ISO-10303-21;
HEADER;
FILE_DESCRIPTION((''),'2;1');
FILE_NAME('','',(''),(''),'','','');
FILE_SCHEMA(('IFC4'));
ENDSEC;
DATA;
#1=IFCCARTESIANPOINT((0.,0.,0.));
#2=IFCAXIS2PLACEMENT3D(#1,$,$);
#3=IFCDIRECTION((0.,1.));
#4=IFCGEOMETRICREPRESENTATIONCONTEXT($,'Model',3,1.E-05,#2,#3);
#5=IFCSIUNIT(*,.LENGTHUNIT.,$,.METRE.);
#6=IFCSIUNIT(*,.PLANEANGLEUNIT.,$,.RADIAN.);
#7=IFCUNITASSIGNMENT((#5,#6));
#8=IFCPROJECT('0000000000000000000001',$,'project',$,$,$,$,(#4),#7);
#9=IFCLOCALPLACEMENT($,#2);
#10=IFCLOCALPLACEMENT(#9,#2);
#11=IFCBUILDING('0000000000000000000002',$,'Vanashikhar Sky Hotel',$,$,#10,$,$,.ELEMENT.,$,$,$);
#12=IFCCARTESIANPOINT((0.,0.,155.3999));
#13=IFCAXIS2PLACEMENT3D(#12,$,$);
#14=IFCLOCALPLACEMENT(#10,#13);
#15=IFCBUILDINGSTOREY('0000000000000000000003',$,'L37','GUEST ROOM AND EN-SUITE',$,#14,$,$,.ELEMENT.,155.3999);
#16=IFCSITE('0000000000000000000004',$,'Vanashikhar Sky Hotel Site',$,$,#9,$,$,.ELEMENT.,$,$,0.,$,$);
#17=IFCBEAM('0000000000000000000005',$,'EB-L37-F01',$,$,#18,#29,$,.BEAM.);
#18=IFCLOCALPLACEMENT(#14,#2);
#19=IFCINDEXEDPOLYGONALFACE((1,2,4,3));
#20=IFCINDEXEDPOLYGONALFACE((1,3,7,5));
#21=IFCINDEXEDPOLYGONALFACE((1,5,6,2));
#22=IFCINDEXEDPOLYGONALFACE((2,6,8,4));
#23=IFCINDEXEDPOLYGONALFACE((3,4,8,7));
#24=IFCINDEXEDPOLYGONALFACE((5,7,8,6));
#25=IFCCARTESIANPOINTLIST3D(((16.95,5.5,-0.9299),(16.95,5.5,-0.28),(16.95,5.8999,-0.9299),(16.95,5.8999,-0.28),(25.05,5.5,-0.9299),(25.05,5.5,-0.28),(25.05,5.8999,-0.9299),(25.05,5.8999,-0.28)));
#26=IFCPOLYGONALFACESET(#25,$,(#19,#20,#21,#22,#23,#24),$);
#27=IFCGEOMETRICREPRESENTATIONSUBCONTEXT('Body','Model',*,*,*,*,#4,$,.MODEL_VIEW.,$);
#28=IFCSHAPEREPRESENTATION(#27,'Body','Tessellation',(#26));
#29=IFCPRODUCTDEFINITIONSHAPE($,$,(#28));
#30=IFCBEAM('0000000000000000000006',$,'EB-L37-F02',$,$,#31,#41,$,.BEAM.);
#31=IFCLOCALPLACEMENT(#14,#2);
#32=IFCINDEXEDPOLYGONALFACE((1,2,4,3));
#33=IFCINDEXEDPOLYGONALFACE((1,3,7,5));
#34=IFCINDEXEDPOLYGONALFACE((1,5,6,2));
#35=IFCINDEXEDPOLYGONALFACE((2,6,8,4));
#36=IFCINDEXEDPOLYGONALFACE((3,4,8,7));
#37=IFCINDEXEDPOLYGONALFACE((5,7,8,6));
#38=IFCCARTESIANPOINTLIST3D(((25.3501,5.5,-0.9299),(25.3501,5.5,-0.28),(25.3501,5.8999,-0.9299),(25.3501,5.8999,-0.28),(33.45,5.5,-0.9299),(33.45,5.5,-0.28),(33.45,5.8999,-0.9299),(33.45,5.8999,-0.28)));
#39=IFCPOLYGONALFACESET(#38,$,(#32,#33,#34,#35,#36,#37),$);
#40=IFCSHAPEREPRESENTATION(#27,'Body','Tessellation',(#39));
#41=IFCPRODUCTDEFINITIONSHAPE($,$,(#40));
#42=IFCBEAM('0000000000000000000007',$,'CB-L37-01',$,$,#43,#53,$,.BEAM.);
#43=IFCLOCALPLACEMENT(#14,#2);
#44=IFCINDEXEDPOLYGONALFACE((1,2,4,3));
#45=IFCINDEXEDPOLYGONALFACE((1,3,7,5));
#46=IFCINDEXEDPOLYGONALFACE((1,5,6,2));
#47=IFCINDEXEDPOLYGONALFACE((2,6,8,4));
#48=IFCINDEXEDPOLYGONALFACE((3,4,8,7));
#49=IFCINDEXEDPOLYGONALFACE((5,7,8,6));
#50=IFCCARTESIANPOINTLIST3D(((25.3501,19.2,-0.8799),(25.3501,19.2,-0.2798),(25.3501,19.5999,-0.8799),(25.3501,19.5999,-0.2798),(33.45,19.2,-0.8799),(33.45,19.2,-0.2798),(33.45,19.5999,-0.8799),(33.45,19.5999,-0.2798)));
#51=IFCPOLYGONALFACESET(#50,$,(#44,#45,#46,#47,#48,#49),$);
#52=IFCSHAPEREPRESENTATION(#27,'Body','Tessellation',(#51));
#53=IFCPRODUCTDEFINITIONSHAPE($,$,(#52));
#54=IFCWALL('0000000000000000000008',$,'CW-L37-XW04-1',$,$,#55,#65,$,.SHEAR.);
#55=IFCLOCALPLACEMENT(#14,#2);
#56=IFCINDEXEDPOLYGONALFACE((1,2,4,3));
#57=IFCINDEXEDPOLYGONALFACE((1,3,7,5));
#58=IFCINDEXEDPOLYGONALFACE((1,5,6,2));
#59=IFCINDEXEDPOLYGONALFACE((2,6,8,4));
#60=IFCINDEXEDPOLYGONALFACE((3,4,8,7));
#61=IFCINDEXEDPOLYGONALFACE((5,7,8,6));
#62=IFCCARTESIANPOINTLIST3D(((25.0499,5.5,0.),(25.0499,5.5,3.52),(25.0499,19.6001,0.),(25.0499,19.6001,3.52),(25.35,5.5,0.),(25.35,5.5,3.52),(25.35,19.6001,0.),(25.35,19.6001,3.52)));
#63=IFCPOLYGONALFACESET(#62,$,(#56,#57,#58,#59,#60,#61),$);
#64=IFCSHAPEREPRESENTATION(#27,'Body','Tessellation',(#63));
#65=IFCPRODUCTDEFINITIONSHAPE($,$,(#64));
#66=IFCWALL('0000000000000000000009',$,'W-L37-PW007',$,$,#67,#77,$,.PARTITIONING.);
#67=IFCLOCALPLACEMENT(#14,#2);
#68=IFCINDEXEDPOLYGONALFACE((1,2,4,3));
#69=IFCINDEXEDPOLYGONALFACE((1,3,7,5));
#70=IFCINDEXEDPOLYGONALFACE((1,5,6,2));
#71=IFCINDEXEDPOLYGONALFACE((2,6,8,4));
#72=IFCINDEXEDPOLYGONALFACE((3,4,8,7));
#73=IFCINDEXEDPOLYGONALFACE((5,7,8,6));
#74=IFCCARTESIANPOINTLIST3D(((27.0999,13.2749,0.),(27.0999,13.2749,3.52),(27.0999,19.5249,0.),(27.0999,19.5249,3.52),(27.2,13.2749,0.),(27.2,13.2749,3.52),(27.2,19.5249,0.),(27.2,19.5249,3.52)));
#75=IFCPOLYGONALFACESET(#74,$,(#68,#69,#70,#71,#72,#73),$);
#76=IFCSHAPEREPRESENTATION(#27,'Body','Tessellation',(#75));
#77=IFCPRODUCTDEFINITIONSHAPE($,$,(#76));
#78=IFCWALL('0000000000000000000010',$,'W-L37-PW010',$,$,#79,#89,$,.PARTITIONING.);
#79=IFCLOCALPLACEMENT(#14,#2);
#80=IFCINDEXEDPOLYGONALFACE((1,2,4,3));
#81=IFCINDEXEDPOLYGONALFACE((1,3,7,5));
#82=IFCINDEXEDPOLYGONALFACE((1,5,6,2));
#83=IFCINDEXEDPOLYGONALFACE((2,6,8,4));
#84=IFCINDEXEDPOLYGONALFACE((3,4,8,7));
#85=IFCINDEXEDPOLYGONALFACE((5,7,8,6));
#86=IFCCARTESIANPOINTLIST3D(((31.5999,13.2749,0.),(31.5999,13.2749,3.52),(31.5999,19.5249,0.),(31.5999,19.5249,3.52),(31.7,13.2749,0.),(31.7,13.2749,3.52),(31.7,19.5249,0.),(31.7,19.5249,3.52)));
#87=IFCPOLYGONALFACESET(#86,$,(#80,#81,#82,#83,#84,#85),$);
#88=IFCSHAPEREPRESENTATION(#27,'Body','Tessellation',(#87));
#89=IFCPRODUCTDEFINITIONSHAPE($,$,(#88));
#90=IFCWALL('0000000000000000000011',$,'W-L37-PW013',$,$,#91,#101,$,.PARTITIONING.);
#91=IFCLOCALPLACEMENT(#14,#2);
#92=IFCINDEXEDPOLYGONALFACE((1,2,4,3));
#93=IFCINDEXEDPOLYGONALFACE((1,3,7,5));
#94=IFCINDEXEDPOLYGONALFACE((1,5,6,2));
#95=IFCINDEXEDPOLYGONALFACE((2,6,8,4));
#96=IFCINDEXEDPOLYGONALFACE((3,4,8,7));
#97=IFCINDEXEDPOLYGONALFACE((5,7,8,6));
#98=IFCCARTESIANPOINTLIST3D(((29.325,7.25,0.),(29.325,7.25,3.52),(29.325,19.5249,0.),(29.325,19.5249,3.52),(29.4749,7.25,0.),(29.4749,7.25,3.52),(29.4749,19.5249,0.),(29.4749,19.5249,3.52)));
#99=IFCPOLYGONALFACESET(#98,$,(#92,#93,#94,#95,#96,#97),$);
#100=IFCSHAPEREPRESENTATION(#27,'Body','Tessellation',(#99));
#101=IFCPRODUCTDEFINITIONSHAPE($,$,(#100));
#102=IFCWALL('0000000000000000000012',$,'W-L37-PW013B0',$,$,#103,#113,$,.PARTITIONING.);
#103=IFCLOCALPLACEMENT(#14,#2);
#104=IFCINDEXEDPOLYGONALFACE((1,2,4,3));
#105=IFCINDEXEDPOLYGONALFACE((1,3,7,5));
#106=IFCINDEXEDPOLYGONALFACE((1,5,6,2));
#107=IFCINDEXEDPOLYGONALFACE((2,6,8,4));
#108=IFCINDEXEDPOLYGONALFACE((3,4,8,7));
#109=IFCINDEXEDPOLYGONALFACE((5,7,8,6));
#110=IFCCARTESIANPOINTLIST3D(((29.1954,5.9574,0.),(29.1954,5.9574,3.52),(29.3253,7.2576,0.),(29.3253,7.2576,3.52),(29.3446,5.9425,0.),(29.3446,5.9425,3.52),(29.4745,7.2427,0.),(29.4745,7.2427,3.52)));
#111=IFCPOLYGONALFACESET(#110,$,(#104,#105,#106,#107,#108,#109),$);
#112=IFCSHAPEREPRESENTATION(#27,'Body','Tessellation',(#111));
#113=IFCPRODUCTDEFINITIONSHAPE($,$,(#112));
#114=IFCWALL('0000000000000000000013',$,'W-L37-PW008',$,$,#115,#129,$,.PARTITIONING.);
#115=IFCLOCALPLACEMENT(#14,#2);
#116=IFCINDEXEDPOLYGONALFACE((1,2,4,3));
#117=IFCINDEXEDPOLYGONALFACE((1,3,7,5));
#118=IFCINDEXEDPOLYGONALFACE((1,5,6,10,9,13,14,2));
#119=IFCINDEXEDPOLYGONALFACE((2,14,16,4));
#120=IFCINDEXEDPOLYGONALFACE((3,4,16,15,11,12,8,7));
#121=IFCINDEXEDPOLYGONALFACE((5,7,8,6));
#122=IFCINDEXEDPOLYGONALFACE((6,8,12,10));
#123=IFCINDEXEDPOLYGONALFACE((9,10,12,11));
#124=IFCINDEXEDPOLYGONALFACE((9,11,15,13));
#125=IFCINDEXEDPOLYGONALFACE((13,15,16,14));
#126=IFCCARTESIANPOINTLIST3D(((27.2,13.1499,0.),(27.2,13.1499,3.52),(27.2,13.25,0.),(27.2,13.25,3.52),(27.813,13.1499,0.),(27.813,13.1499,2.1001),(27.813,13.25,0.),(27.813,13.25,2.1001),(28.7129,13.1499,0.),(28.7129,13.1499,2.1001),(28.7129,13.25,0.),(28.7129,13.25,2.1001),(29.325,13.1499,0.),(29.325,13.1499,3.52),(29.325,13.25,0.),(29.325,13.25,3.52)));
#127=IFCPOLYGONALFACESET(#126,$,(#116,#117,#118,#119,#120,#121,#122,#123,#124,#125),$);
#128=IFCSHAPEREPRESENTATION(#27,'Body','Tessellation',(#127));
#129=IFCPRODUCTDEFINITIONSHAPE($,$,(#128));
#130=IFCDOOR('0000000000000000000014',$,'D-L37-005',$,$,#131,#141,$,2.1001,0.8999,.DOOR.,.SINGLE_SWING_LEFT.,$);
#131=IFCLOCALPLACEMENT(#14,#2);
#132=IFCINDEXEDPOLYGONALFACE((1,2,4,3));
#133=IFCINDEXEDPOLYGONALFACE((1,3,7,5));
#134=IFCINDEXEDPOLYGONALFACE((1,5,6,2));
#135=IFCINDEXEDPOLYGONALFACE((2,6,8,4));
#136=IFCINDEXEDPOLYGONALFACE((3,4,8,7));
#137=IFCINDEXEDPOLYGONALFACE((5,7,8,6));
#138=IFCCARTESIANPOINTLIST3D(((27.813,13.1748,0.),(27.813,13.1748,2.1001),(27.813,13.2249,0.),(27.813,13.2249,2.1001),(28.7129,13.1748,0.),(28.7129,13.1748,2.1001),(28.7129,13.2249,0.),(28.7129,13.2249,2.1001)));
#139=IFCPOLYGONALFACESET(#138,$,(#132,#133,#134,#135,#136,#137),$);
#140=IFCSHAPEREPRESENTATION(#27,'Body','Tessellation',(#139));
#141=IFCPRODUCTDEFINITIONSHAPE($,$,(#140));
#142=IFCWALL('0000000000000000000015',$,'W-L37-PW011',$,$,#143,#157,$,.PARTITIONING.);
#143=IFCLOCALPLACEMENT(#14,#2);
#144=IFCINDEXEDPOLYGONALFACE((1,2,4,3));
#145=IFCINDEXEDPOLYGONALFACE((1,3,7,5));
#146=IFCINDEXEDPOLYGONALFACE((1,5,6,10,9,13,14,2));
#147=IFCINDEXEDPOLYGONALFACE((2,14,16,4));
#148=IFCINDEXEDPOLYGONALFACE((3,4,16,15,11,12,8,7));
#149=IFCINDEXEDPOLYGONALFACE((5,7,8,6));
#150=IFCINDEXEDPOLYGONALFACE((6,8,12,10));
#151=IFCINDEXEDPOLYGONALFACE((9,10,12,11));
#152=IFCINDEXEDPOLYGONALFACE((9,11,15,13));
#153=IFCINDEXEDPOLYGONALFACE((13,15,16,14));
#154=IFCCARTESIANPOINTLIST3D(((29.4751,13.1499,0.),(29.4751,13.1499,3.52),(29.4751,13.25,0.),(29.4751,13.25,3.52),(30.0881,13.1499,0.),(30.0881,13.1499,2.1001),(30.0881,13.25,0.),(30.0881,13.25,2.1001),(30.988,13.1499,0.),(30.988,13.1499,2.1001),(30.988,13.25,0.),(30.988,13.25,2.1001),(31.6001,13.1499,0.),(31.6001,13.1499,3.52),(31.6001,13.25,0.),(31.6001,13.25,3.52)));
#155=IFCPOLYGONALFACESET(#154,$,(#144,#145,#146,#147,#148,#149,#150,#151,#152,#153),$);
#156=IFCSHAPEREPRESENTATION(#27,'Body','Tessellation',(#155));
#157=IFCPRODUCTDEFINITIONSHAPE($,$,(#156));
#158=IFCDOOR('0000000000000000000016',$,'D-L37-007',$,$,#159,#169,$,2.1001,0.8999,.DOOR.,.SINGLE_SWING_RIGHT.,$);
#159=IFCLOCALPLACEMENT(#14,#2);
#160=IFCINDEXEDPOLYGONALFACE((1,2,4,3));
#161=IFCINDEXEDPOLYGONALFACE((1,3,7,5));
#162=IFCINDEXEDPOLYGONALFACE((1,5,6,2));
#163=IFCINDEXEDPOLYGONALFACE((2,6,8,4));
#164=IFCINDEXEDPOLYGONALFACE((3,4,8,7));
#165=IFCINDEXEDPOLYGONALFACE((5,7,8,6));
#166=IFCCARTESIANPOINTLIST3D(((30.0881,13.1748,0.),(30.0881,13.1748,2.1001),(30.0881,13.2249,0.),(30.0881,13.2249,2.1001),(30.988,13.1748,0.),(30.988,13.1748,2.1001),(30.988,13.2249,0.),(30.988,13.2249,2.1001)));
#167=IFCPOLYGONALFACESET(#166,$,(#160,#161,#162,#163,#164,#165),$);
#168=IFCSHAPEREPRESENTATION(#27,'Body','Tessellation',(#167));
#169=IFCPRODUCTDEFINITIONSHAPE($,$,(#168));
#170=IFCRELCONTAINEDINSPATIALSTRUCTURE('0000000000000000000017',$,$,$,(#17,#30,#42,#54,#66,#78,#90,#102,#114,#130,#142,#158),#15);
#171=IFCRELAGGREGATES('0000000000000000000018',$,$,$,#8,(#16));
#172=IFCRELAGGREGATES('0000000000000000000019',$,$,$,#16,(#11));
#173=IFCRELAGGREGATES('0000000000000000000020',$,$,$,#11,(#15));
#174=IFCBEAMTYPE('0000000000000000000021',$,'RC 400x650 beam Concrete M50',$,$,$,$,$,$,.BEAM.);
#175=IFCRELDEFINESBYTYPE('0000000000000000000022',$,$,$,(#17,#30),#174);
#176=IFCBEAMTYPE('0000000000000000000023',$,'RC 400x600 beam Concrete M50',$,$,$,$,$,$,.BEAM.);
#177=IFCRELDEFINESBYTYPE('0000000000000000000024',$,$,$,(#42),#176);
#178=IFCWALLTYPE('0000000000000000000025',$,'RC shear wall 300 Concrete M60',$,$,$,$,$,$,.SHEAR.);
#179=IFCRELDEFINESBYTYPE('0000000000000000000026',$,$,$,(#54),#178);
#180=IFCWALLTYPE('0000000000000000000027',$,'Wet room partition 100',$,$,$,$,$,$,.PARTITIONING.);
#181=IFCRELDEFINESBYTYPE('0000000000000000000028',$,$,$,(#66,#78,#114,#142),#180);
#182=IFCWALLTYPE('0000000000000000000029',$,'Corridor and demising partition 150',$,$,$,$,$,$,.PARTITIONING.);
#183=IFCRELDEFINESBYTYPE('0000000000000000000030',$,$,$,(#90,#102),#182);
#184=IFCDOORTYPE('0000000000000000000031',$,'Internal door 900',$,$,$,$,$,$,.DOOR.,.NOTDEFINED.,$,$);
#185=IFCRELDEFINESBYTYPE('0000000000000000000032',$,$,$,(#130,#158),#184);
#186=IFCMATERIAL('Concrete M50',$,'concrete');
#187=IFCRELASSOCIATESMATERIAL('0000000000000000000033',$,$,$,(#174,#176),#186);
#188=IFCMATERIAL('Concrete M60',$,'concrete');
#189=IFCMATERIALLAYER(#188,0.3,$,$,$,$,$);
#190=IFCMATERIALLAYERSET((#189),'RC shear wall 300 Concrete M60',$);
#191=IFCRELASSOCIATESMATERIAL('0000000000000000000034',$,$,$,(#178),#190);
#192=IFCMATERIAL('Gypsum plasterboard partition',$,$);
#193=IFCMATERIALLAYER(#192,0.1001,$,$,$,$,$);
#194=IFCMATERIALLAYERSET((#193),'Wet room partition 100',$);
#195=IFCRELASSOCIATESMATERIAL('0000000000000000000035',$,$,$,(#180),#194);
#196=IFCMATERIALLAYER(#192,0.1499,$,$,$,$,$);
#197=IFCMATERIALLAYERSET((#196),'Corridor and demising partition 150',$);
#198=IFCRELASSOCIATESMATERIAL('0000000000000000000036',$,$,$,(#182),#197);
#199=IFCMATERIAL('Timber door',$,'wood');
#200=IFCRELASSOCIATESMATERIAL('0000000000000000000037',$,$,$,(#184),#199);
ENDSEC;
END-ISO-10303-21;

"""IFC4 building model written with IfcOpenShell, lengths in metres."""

from ifc_helpers import new_model, si_unit, direction, frame, frame_2d, origin, origin_2d, place, context, subcontext, project, spatial, rectangle, extrude, source, transform, mapped, material, layer, layer_set, material_profile, profile_set, type_object, element, fill, save


model = new_model("IFC4")

# Units and contexts
model_context = context("Model", 3, precision=1e-05, world=origin(), true_north=direction((0.0, 1.0)))
body_context = subcontext(model_context, "Body", "Model", "MODEL_VIEW")
ifc_project = project(units=[si_unit("LENGTHUNIT", "METRE"), si_unit("PLANEANGLEUNIT", "RADIAN")], contexts=[model_context])

# Site, building, storey
site_placement = place(None, origin())
site = spatial("IfcSite", under=ifc_project, at=site_placement, Name="Vanashikhar Sky Hotel Site", CompositionType="ELEMENT", RefElevation=0.0)
building_placement = place(site_placement, origin())
building = spatial("IfcBuilding", under=site, at=building_placement, Name="Vanashikhar Sky Hotel", CompositionType="ELEMENT")
storey_placement = place(building_placement, frame((0.0, 0.0, 155.3999)))
storey = spatial("IfcBuildingStorey", under=building, at=storey_placement, Name="L37", Description="GUEST ROOM AND EN-SUITE", CompositionType="ELEMENT", Elevation=155.3999)

# Beams
ifc_material_1 = material(Name="Concrete M50", Category="concrete")
ifc_material_profile_1 = material_profile(ifc_material_1, rectangle(XDim=0.3999, YDim=0.6499, at=origin_2d()))
ifc_profile_set_1 = profile_set([ifc_material_profile_1], Name="RC 400x650 beam Concrete M50")
beam_type_1 = type_object("IfcBeamType", Name="RC 400x650 beam Concrete M50", PredefinedType="BEAM", material=ifc_profile_set_1)
shared_shape_1 = source(origin(), body_context, "Body", "SweptSolid", [
    extrude(rectangle(XDim=0.3999, YDim=0.6499, at=origin_2d()), origin(), (0.0, 0.0, 1.0), 8.1001),
])
beam_1_placement = place(storey_placement, frame((16.95, 5.7, -0.605), z_axis=(1.0, 0.0, 0.0), x_axis=(0.0, 1.0, 0.0)))
element("IfcBeam", 1, at=beam_1_placement, inside=storey, type_object=beam_type_1, Name="EB-L37-F01", PredefinedType="BEAM", context=body_context, shape_type="MappedRepresentation", body=[
    mapped(shared_shape_1, transform((0.0, 0.0, 0.0), scale=1.0)),
])
shared_shape_2 = source(origin(), body_context, "Body", "SweptSolid", [
    extrude(rectangle(XDim=0.3999, YDim=0.6499, at=origin_2d()), origin(), (0.0, 0.0, 1.0), 8.0999),
])
beam_2_placement = place(storey_placement, frame((25.3501, 5.7, -0.605), z_axis=(1.0, 0.0, 0.0), x_axis=(0.0, 1.0, 0.0)))
element("IfcBeam", 2, at=beam_2_placement, inside=storey, type_object=beam_type_1, Name="EB-L37-F02", PredefinedType="BEAM", context=body_context, shape_type="MappedRepresentation", body=[
    mapped(shared_shape_2, transform((0.0, 0.0, 0.0), scale=1.0)),
])
ifc_material_profile_2 = material_profile(ifc_material_1, rectangle(XDim=0.3999, YDim=0.6001, at=origin_2d()))
ifc_profile_set_2 = profile_set([ifc_material_profile_2], Name="RC 400x600 beam Concrete M50")
beam_type_2 = type_object("IfcBeamType", Name="RC 400x600 beam Concrete M50", PredefinedType="BEAM", material=ifc_profile_set_2)
shared_shape_3 = source(origin(), body_context, "Body", "SweptSolid", [
    extrude(rectangle(XDim=0.3999, YDim=0.6001, at=origin_2d()), origin(), (0.0, 0.0, 1.0), 8.0999),
])
beam_3_placement = place(storey_placement, frame((25.3501, 19.3999, -0.5798), z_axis=(1.0, 0.0, 0.0), x_axis=(0.0, 1.0, 0.0)))
element("IfcBeam", 3, at=beam_3_placement, inside=storey, type_object=beam_type_2, Name="CB-L37-01", PredefinedType="BEAM", context=body_context, shape_type="MappedRepresentation", body=[
    mapped(shared_shape_3, transform((0.0, 0.0, 0.0), scale=1.0)),
])

# Wall
ifc_material_2 = material(Name="Concrete M60", Category="concrete")
ifc_layer_1 = layer(ifc_material_2, 0.3)
ifc_layer_set_1 = layer_set([ifc_layer_1], Name="RC shear wall 300 Concrete M60")
wall_type_1 = type_object("IfcWallType", Name="RC shear wall 300 Concrete M60", PredefinedType="SHEAR", material=ifc_layer_set_1)
shared_shape_4 = source(origin(), body_context, "Body", "SweptSolid", [
    extrude(rectangle(XDim=14.1001, YDim=0.3, at=frame_2d((7.05, 0.0))), origin(), (0.0, 0.0, 1.0), 3.52),
])
wall_1_placement = place(storey_placement, frame((25.2, 5.5, 0.0), z_axis=(0.0, 0.0, 1.0), x_axis=(0.0, 1.0, 0.0)))
element("IfcWall", 4, at=wall_1_placement, inside=storey, type_object=wall_type_1, Name="CW-L37-XW04-1", PredefinedType="SHEAR", context=body_context, shape_type="MappedRepresentation", body=[
    mapped(shared_shape_4, transform((0.0, 0.0, 0.0), scale=1.0)),
])

# Walls
ifc_material_3 = material(Name="Gypsum plasterboard partition")
ifc_layer_2 = layer(ifc_material_3, 0.1001)
ifc_layer_set_2 = layer_set([ifc_layer_2], Name="Wet room partition 100")
wall_type_2 = type_object("IfcWallType", Name="Wet room partition 100", PredefinedType="PARTITIONING", material=ifc_layer_set_2)
shared_shape_5 = source(origin(), body_context, "Body", "SweptSolid", [
    extrude(rectangle(XDim=6.25, YDim=0.1001, at=frame_2d((3.125, 0.0))), origin(), (0.0, 0.0, 1.0), 3.52),
])
for number, where, z_axis, x_axis, name in (
    (5, (27.1499, 13.2749, 0.0), (0.0, 0.0, 1.0), (0.0, 1.0, 0.0), "W-L37-PW007"),
    (6, (31.6499, 13.2749, 0.0), (0.0, 0.0, 1.0), (0.0, 1.0, 0.0), "W-L37-PW010"),
):
    element("IfcWall", number, at=place(storey_placement, frame(where, z_axis=z_axis, x_axis=x_axis)), inside=storey, type_object=wall_type_2, Name=name, PredefinedType="PARTITIONING", context=body_context, shape_type="MappedRepresentation", body=[
        mapped(shared_shape_5, transform((0.0, 0.0, 0.0), scale=1.0)),
    ])
ifc_layer_3 = layer(ifc_material_3, 0.1499)
ifc_layer_set_3 = layer_set([ifc_layer_3], Name="Corridor and demising partition 150")
wall_type_3 = type_object("IfcWallType", Name="Corridor and demising partition 150", PredefinedType="PARTITIONING", material=ifc_layer_set_3)
shared_shape_6 = source(origin(), body_context, "Body", "SweptSolid", [
    extrude(rectangle(XDim=12.2749, YDim=0.1499, at=frame_2d((6.1375, 0.0))), origin(), (0.0, 0.0, 1.0), 3.52),
])
wall_2_placement = place(storey_placement, frame((29.3999, 7.25, 0.0), z_axis=(0.0, 0.0, 1.0), x_axis=(0.0, 1.0, 0.0)))
element("IfcWall", 7, at=wall_2_placement, inside=storey, type_object=wall_type_3, Name="W-L37-PW013", PredefinedType="PARTITIONING", context=body_context, shape_type="MappedRepresentation", body=[
    mapped(shared_shape_6, transform((0.0, 0.0, 0.0), scale=1.0)),
])
shared_shape_7 = source(origin(), body_context, "Body", "SweptSolid", [
    extrude(rectangle(XDim=1.3066, YDim=0.1499, at=frame_2d((0.6533, 0.0))), origin(), (0.0, 0.0, 1.0), 3.52),
])
wall_3_placement = place(storey_placement, frame((29.27, 5.95, 0.0), z_axis=(0.0, 0.0, 1.0), x_axis=(0.099411, 0.995046, 0.0)))
element("IfcWall", 8, at=wall_3_placement, inside=storey, type_object=wall_type_3, Name="W-L37-PW013B0", PredefinedType="PARTITIONING", context=body_context, shape_type="MappedRepresentation", body=[
    mapped(shared_shape_7, transform((0.0, 0.0, 0.0), scale=1.0)),
])

# Walls, openings, doors
shared_shape_8 = source(origin(), body_context, "Body", "SweptSolid", [
    extrude(rectangle(XDim=2.125, YDim=0.1001, at=frame_2d((1.0625, 0.0))), origin(), (0.0, 0.0, 1.0), 3.52),
])
wall_4_placement = place(storey_placement, frame((27.2, 13.2, 0.0), z_axis=(0.0, 0.0, 1.0), x_axis=(1.0, 0.0, 0.0)))
wall_4 = element("IfcWall", 9, at=wall_4_placement, inside=storey, type_object=wall_type_2, Name="W-L37-PW008", PredefinedType="PARTITIONING", context=body_context, shape_type="MappedRepresentation", body=[
    mapped(shared_shape_8, transform((0.0, 0.0, 0.0), scale=1.0)),
])
shared_shape_9 = source(origin(), body_context, "Body", "SweptSolid", [
    extrude(rectangle(XDim=0.8999, YDim=2.1001, at=frame_2d((0.45, 1.05))), frame((0.0, 0.0601, 0.0), z_axis=(0.0, -1.0, 0.0), x_axis=(1.0, 0.0, 0.0)), (0.0, 0.0, 1.0), 0.1201),
])
opening_1_placement = place(wall_4_placement, frame((0.613, 0.0, 0.0)))
opening_1 = element("IfcOpeningElement", 10, at=opening_1_placement, cuts=wall_4, PredefinedType="OPENING", context=body_context, shape_type="MappedRepresentation", body=[
    mapped(shared_shape_9, transform((0.0, 0.0, 0.0), scale=1.0)),
])
ifc_material_4 = material(Name="Timber door", Category="wood")
door_type_1 = type_object("IfcDoorType", Name="Internal door 900", OperationType="NOTDEFINED", PredefinedType="DOOR", material=ifc_material_4)
shared_shape_10 = source(origin(), body_context, "Body", "SweptSolid", [
    extrude(rectangle(XDim=0.8999, YDim=2.1001, at=frame_2d((0.45, 1.05))), frame((0.0, 0.0249, 0.0), z_axis=(0.0, -1.0, 0.0), x_axis=(1.0, 0.0, 0.0)), (0.0, 0.0, 1.0), 0.05),
])
door_1_placement = place(opening_1_placement, origin())
door_1 = element("IfcDoor", 11, at=door_1_placement, inside=storey, type_object=door_type_1, Name="D-L37-005", OperationType="SINGLE_SWING_LEFT", OverallHeight=2.1001, OverallWidth=0.8999, PredefinedType="DOOR", context=body_context, shape_type="MappedRepresentation", body=[
    mapped(shared_shape_10, transform((0.0, 0.0, 0.0), scale=1.0)),
])
fill(opening_1, door_1)
wall_5_placement = place(storey_placement, frame((29.4751, 13.2, 0.0), z_axis=(0.0, 0.0, 1.0), x_axis=(1.0, 0.0, 0.0)))
wall_5 = element("IfcWall", 12, at=wall_5_placement, inside=storey, type_object=wall_type_2, Name="W-L37-PW011", PredefinedType="PARTITIONING", context=body_context, shape_type="MappedRepresentation", body=[
    mapped(shared_shape_8, transform((0.0, 0.0, 0.0), scale=1.0)),
])
opening_2_placement = place(wall_5_placement, frame((0.613, 0.0, 0.0)))
opening_2 = element("IfcOpeningElement", 13, at=opening_2_placement, cuts=wall_5, PredefinedType="OPENING", context=body_context, shape_type="MappedRepresentation", body=[
    mapped(shared_shape_9, transform((0.0, 0.0, 0.0), scale=1.0)),
])
door_2_placement = place(opening_2_placement, origin())
door_2 = element("IfcDoor", 14, at=door_2_placement, inside=storey, type_object=door_type_1, Name="D-L37-007", OperationType="SINGLE_SWING_RIGHT", OverallHeight=2.1001, OverallWidth=0.8999, PredefinedType="DOOR", context=body_context, shape_type="MappedRepresentation", body=[
    mapped(shared_shape_10, transform((0.0, 0.0, 0.0), scale=1.0)),
])
fill(opening_2, door_2)

save(model, "model.ifc")
